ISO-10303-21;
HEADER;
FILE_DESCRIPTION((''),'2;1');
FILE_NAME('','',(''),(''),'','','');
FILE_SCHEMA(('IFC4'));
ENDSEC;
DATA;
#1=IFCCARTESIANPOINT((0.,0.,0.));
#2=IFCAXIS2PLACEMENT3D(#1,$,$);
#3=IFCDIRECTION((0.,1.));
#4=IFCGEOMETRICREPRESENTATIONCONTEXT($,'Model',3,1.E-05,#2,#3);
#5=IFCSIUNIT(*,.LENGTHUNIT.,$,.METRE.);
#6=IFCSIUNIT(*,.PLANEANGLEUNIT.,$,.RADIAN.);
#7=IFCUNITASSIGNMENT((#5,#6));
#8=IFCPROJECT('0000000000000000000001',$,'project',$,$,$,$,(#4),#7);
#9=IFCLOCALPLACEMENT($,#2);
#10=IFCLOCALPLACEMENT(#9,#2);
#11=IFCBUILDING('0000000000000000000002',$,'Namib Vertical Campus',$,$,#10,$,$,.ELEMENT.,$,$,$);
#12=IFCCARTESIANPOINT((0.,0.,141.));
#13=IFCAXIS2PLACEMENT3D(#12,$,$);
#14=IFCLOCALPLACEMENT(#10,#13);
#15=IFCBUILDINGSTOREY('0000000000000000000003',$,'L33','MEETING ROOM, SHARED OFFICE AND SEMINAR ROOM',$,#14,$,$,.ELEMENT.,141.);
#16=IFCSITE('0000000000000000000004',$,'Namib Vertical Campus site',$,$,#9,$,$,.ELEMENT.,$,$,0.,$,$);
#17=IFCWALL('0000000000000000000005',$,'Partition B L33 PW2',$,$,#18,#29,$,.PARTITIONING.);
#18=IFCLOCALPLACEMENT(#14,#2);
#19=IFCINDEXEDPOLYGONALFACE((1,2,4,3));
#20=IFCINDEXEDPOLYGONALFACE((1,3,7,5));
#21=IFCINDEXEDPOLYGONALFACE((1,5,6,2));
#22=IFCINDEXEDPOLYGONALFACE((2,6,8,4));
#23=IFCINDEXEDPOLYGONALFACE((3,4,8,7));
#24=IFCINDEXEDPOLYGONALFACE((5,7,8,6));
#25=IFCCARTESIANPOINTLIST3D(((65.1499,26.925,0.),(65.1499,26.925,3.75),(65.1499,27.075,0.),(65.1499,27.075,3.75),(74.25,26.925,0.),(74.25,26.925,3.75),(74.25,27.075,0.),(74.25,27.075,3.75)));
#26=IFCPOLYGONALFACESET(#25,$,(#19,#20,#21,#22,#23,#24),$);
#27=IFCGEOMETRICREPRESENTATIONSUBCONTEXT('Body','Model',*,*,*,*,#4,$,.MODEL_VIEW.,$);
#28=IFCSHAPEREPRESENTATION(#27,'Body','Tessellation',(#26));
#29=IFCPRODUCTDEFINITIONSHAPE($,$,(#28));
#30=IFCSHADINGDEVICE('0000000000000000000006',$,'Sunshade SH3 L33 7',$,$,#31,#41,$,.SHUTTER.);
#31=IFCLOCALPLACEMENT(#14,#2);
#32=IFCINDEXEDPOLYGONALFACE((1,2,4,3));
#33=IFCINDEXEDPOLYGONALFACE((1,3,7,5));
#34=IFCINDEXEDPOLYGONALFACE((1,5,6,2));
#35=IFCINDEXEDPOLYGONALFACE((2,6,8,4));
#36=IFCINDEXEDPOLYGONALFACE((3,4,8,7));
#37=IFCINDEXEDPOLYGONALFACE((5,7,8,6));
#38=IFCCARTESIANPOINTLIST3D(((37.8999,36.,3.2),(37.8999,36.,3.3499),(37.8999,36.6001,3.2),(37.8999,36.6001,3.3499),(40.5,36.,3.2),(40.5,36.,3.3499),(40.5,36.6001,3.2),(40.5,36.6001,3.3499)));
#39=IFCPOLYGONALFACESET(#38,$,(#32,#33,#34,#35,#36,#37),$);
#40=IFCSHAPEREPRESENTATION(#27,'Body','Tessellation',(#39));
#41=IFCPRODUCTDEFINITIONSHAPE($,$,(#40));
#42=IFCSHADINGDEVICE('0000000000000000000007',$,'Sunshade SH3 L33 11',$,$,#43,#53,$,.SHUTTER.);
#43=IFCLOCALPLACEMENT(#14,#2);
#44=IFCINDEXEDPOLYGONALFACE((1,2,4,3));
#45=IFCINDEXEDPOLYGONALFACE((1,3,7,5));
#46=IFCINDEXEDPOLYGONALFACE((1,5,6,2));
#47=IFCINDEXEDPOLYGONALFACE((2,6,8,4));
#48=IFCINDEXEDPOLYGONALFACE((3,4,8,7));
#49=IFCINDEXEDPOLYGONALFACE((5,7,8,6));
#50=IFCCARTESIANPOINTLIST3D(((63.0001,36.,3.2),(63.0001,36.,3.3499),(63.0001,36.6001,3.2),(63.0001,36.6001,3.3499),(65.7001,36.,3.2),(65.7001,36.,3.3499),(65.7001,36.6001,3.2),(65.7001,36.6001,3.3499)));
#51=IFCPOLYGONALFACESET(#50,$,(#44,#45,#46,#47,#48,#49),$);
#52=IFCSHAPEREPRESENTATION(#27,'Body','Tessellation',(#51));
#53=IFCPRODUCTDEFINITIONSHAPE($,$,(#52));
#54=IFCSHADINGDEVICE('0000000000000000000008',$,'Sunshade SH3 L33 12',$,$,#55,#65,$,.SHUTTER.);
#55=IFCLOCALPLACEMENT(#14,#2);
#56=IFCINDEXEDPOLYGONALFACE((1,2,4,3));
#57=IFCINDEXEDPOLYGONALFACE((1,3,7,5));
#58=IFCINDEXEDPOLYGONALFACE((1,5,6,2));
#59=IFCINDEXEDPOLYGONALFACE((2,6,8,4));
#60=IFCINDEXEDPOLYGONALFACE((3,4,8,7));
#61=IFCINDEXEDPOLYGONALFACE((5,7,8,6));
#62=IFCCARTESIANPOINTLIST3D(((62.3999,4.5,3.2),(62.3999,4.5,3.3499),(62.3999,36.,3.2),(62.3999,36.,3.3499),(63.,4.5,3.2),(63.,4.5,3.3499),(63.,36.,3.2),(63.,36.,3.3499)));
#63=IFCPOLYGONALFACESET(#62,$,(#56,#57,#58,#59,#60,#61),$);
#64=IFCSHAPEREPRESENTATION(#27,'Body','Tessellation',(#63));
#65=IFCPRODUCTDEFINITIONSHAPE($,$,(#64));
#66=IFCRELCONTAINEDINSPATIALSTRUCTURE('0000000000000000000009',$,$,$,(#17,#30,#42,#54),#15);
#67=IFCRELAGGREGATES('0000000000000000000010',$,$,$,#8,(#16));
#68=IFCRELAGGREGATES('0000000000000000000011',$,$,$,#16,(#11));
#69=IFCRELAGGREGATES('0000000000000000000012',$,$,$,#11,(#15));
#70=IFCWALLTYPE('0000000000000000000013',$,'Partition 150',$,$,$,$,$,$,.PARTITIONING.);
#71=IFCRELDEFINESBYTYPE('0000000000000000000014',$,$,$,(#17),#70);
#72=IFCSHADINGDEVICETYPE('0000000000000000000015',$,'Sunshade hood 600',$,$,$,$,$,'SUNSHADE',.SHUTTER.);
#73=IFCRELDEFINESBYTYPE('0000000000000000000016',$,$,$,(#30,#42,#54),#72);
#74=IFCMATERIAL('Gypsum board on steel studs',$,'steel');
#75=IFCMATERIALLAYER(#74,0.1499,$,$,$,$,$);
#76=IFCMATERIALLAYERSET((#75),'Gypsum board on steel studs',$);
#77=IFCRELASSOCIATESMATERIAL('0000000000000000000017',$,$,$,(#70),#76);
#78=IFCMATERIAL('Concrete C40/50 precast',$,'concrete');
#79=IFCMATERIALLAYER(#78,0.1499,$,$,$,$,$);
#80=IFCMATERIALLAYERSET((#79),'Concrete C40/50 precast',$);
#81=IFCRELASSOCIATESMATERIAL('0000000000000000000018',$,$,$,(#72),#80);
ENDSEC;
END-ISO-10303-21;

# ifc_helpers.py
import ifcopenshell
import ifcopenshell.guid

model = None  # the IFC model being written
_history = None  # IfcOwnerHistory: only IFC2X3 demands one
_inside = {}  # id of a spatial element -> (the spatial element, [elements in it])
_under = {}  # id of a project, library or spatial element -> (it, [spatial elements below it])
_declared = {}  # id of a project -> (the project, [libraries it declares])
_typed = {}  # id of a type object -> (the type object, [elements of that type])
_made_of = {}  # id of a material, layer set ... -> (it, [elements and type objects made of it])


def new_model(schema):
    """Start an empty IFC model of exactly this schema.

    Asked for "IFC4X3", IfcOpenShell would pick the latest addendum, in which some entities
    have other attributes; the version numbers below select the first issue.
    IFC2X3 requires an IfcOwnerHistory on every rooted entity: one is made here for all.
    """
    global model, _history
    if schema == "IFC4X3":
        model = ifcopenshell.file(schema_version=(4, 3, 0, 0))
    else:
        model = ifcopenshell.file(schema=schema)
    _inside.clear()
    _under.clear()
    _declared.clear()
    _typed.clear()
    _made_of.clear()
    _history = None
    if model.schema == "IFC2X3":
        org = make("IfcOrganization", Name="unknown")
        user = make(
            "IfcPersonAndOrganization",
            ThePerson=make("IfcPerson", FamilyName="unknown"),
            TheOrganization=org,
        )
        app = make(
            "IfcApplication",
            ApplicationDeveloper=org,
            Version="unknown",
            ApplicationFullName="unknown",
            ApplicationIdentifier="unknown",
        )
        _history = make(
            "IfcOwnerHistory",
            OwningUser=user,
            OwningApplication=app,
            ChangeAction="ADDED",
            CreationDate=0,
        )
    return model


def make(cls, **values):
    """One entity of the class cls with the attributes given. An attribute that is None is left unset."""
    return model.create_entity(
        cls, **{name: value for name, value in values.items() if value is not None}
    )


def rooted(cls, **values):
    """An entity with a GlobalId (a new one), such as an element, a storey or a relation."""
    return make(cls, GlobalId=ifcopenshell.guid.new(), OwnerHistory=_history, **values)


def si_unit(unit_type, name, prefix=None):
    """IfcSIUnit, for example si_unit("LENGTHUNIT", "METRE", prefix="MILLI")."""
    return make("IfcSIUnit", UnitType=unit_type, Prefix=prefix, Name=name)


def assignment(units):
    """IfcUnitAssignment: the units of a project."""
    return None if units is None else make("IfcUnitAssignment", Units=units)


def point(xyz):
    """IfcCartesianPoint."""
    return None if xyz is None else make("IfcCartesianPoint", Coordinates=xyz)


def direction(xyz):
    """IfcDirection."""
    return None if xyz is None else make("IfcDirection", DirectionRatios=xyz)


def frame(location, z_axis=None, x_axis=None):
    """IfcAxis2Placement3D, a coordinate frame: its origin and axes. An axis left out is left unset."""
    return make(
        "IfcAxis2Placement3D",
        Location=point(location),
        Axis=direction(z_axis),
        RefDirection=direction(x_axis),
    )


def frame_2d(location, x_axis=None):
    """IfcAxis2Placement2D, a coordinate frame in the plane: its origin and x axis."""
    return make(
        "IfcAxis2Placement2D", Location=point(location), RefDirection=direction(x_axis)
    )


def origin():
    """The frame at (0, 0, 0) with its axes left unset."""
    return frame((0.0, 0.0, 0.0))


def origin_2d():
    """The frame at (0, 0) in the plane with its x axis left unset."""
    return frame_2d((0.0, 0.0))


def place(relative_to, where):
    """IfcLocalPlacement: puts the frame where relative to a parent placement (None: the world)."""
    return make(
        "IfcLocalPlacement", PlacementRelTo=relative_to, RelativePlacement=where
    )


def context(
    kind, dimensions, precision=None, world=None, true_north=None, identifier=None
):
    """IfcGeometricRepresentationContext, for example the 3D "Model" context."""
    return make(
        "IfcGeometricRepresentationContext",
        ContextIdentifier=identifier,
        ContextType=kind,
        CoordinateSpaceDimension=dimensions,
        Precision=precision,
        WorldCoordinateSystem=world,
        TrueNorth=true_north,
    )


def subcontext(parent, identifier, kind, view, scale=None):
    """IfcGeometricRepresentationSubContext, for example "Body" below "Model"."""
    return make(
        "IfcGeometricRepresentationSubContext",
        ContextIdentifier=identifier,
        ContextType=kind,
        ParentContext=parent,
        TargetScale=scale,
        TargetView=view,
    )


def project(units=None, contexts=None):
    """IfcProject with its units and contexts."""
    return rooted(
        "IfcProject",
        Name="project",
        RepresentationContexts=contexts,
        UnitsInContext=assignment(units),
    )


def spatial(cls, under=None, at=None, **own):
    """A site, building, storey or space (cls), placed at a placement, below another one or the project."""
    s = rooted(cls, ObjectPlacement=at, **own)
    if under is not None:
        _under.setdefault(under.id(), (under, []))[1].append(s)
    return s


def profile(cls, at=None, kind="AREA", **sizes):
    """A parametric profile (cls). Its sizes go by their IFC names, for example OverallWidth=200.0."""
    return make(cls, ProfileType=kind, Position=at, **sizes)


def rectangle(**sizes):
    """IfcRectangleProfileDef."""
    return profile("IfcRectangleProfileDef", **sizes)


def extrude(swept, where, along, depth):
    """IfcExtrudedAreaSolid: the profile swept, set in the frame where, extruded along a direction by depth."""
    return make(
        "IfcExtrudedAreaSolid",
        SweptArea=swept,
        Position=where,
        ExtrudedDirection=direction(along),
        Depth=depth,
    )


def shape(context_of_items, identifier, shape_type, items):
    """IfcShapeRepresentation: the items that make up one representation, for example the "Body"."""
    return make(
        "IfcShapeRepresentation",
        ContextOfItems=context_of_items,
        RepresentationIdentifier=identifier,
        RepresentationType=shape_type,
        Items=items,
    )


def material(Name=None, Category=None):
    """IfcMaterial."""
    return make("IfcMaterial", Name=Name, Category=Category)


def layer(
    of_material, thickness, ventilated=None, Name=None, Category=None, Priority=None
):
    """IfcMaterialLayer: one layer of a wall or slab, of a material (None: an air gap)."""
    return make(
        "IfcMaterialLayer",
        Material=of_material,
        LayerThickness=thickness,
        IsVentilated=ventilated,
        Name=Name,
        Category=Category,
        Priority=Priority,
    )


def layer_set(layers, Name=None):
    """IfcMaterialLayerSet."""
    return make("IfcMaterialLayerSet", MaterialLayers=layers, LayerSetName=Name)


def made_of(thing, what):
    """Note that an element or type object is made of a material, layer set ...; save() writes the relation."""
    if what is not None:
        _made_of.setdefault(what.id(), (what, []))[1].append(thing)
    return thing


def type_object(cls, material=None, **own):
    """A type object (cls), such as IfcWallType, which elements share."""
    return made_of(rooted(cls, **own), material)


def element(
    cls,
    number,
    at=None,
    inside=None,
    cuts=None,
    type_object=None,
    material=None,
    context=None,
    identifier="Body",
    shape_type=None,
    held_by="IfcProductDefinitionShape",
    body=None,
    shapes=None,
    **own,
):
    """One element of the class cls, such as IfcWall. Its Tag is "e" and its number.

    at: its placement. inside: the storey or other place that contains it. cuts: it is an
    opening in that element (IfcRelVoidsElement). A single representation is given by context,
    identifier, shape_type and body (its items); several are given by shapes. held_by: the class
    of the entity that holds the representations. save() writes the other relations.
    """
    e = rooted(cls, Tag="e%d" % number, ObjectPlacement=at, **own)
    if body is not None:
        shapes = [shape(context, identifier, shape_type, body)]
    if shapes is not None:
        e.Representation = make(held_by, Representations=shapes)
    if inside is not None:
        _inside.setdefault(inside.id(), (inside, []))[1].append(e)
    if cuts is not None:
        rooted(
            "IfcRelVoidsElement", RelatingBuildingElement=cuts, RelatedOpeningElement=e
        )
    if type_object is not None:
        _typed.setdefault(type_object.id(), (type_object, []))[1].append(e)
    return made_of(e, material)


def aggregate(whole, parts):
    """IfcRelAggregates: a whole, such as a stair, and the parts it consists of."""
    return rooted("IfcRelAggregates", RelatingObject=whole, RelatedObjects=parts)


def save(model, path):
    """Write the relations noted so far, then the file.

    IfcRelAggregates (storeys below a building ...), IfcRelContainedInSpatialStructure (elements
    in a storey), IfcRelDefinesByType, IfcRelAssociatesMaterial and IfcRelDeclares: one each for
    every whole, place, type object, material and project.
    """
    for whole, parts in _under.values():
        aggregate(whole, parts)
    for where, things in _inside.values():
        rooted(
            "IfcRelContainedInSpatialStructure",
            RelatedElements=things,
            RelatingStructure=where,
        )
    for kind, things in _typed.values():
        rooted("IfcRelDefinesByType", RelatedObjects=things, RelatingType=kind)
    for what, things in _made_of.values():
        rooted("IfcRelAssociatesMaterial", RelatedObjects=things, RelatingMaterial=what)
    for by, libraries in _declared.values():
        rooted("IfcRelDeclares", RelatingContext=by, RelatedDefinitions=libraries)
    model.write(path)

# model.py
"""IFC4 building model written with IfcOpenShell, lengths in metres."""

from ifc_helpers import new_model, si_unit, direction, frame, frame_2d, origin, origin_2d, place, context, subcontext, project, spatial, rectangle, extrude, material, layer, layer_set, type_object, element, save


model = new_model("IFC4")

# Units and contexts
model_context = context("Model", 3, precision=1e-05, world=origin(), true_north=direction((0.0, 1.0)))
body_context = subcontext(model_context, "Body", "Model", "MODEL_VIEW")
ifc_project = project(units=[si_unit("LENGTHUNIT", "METRE"), si_unit("PLANEANGLEUNIT", "RADIAN")], contexts=[model_context])

# Site, building, storey
site_placement = place(None, origin())
site = spatial("IfcSite", under=ifc_project, at=site_placement, Name="Namib Vertical Campus site", CompositionType="ELEMENT", RefElevation=0.0)
building_placement = place(site_placement, origin())
building = spatial("IfcBuilding", under=site, at=building_placement, Name="Namib Vertical Campus", CompositionType="ELEMENT")
storey_placement = place(building_placement, frame((0.0, 0.0, 141.0)))
storey = spatial("IfcBuildingStorey", under=building, at=storey_placement, Name="L33", Description="MEETING ROOM, SHARED OFFICE AND SEMINAR ROOM", CompositionType="ELEMENT", Elevation=141.0)

# Wall
ifc_material_1 = material(Name="Gypsum board on steel studs", Category="steel")
ifc_layer_1 = layer(ifc_material_1, 0.1499)
ifc_layer_set_1 = layer_set([ifc_layer_1], Name="Gypsum board on steel studs")
wall_type_1 = type_object("IfcWallType", Name="Partition 150", PredefinedType="PARTITIONING", material=ifc_layer_set_1)
wall_1_placement = place(storey_placement, frame((65.1499, 27.0, 0.0), z_axis=(0.0, 0.0, 1.0), x_axis=(1.0, 0.0, 0.0)))
element("IfcWall", 1, at=wall_1_placement, inside=storey, type_object=wall_type_1, Name="Partition B L33 PW2", PredefinedType="PARTITIONING", context=body_context, shape_type="SweptSolid", body=[
    extrude(rectangle(XDim=9.1001, YDim=0.1499, at=frame_2d((4.55, 0.0))), origin(), (0.0, 0.0, 1.0), 3.75),
])

# Shading devices
ifc_material_2 = material(Name="Concrete C40/50 precast", Category="concrete")
ifc_layer_2 = layer(ifc_material_2, 0.1499)
ifc_layer_set_2 = layer_set([ifc_layer_2], Name="Concrete C40/50 precast")
shading_device_type = type_object("IfcShadingDeviceType", Name="Sunshade hood 600", ElementType="SUNSHADE", PredefinedType="SHUTTER", material=ifc_layer_set_2)
shading_device_1_placement = place(storey_placement, frame((39.2, 36.3, 3.2), z_axis=(0.0, 0.0, 1.0), x_axis=(-1.0, 0.0, 0.0)))
element("IfcShadingDevice", 2, at=shading_device_1_placement, inside=storey, type_object=shading_device_type, Name="Sunshade SH3 L33 7", PredefinedType="SHUTTER", context=body_context, shape_type="SweptSolid", body=[
    extrude(rectangle(XDim=2.6001, YDim=0.6001, at=origin_2d()), origin(), (0.0, 0.0, 1.0), 0.1499),
])
shading_device_2_placement = place(storey_placement, frame((64.3501, 36.3, 3.2), z_axis=(0.0, 0.0, 1.0), x_axis=(-1.0, 0.0, 0.0)))
element("IfcShadingDevice", 3, at=shading_device_2_placement, inside=storey, type_object=shading_device_type, Name="Sunshade SH3 L33 11", PredefinedType="SHUTTER", context=body_context, shape_type="SweptSolid", body=[
    extrude(rectangle(XDim=2.7, YDim=0.6001, at=origin_2d()), origin(), (0.0, 0.0, 1.0), 0.1499),
])
shading_device_3_placement = place(storey_placement, frame((62.7, 20.25, 3.2), z_axis=(0.0, 0.0, 1.0), x_axis=(0.0, -1.0, 0.0)))
element("IfcShadingDevice", 4, at=shading_device_3_placement, inside=storey, type_object=shading_device_type, Name="Sunshade SH3 L33 12", PredefinedType="SHUTTER", context=body_context, shape_type="SweptSolid", body=[
    extrude(rectangle(XDim=31.5, YDim=0.6001, at=origin_2d()), origin(), (0.0, 0.0, 1.0), 0.1499),
])

save(model, "model.ifc")
